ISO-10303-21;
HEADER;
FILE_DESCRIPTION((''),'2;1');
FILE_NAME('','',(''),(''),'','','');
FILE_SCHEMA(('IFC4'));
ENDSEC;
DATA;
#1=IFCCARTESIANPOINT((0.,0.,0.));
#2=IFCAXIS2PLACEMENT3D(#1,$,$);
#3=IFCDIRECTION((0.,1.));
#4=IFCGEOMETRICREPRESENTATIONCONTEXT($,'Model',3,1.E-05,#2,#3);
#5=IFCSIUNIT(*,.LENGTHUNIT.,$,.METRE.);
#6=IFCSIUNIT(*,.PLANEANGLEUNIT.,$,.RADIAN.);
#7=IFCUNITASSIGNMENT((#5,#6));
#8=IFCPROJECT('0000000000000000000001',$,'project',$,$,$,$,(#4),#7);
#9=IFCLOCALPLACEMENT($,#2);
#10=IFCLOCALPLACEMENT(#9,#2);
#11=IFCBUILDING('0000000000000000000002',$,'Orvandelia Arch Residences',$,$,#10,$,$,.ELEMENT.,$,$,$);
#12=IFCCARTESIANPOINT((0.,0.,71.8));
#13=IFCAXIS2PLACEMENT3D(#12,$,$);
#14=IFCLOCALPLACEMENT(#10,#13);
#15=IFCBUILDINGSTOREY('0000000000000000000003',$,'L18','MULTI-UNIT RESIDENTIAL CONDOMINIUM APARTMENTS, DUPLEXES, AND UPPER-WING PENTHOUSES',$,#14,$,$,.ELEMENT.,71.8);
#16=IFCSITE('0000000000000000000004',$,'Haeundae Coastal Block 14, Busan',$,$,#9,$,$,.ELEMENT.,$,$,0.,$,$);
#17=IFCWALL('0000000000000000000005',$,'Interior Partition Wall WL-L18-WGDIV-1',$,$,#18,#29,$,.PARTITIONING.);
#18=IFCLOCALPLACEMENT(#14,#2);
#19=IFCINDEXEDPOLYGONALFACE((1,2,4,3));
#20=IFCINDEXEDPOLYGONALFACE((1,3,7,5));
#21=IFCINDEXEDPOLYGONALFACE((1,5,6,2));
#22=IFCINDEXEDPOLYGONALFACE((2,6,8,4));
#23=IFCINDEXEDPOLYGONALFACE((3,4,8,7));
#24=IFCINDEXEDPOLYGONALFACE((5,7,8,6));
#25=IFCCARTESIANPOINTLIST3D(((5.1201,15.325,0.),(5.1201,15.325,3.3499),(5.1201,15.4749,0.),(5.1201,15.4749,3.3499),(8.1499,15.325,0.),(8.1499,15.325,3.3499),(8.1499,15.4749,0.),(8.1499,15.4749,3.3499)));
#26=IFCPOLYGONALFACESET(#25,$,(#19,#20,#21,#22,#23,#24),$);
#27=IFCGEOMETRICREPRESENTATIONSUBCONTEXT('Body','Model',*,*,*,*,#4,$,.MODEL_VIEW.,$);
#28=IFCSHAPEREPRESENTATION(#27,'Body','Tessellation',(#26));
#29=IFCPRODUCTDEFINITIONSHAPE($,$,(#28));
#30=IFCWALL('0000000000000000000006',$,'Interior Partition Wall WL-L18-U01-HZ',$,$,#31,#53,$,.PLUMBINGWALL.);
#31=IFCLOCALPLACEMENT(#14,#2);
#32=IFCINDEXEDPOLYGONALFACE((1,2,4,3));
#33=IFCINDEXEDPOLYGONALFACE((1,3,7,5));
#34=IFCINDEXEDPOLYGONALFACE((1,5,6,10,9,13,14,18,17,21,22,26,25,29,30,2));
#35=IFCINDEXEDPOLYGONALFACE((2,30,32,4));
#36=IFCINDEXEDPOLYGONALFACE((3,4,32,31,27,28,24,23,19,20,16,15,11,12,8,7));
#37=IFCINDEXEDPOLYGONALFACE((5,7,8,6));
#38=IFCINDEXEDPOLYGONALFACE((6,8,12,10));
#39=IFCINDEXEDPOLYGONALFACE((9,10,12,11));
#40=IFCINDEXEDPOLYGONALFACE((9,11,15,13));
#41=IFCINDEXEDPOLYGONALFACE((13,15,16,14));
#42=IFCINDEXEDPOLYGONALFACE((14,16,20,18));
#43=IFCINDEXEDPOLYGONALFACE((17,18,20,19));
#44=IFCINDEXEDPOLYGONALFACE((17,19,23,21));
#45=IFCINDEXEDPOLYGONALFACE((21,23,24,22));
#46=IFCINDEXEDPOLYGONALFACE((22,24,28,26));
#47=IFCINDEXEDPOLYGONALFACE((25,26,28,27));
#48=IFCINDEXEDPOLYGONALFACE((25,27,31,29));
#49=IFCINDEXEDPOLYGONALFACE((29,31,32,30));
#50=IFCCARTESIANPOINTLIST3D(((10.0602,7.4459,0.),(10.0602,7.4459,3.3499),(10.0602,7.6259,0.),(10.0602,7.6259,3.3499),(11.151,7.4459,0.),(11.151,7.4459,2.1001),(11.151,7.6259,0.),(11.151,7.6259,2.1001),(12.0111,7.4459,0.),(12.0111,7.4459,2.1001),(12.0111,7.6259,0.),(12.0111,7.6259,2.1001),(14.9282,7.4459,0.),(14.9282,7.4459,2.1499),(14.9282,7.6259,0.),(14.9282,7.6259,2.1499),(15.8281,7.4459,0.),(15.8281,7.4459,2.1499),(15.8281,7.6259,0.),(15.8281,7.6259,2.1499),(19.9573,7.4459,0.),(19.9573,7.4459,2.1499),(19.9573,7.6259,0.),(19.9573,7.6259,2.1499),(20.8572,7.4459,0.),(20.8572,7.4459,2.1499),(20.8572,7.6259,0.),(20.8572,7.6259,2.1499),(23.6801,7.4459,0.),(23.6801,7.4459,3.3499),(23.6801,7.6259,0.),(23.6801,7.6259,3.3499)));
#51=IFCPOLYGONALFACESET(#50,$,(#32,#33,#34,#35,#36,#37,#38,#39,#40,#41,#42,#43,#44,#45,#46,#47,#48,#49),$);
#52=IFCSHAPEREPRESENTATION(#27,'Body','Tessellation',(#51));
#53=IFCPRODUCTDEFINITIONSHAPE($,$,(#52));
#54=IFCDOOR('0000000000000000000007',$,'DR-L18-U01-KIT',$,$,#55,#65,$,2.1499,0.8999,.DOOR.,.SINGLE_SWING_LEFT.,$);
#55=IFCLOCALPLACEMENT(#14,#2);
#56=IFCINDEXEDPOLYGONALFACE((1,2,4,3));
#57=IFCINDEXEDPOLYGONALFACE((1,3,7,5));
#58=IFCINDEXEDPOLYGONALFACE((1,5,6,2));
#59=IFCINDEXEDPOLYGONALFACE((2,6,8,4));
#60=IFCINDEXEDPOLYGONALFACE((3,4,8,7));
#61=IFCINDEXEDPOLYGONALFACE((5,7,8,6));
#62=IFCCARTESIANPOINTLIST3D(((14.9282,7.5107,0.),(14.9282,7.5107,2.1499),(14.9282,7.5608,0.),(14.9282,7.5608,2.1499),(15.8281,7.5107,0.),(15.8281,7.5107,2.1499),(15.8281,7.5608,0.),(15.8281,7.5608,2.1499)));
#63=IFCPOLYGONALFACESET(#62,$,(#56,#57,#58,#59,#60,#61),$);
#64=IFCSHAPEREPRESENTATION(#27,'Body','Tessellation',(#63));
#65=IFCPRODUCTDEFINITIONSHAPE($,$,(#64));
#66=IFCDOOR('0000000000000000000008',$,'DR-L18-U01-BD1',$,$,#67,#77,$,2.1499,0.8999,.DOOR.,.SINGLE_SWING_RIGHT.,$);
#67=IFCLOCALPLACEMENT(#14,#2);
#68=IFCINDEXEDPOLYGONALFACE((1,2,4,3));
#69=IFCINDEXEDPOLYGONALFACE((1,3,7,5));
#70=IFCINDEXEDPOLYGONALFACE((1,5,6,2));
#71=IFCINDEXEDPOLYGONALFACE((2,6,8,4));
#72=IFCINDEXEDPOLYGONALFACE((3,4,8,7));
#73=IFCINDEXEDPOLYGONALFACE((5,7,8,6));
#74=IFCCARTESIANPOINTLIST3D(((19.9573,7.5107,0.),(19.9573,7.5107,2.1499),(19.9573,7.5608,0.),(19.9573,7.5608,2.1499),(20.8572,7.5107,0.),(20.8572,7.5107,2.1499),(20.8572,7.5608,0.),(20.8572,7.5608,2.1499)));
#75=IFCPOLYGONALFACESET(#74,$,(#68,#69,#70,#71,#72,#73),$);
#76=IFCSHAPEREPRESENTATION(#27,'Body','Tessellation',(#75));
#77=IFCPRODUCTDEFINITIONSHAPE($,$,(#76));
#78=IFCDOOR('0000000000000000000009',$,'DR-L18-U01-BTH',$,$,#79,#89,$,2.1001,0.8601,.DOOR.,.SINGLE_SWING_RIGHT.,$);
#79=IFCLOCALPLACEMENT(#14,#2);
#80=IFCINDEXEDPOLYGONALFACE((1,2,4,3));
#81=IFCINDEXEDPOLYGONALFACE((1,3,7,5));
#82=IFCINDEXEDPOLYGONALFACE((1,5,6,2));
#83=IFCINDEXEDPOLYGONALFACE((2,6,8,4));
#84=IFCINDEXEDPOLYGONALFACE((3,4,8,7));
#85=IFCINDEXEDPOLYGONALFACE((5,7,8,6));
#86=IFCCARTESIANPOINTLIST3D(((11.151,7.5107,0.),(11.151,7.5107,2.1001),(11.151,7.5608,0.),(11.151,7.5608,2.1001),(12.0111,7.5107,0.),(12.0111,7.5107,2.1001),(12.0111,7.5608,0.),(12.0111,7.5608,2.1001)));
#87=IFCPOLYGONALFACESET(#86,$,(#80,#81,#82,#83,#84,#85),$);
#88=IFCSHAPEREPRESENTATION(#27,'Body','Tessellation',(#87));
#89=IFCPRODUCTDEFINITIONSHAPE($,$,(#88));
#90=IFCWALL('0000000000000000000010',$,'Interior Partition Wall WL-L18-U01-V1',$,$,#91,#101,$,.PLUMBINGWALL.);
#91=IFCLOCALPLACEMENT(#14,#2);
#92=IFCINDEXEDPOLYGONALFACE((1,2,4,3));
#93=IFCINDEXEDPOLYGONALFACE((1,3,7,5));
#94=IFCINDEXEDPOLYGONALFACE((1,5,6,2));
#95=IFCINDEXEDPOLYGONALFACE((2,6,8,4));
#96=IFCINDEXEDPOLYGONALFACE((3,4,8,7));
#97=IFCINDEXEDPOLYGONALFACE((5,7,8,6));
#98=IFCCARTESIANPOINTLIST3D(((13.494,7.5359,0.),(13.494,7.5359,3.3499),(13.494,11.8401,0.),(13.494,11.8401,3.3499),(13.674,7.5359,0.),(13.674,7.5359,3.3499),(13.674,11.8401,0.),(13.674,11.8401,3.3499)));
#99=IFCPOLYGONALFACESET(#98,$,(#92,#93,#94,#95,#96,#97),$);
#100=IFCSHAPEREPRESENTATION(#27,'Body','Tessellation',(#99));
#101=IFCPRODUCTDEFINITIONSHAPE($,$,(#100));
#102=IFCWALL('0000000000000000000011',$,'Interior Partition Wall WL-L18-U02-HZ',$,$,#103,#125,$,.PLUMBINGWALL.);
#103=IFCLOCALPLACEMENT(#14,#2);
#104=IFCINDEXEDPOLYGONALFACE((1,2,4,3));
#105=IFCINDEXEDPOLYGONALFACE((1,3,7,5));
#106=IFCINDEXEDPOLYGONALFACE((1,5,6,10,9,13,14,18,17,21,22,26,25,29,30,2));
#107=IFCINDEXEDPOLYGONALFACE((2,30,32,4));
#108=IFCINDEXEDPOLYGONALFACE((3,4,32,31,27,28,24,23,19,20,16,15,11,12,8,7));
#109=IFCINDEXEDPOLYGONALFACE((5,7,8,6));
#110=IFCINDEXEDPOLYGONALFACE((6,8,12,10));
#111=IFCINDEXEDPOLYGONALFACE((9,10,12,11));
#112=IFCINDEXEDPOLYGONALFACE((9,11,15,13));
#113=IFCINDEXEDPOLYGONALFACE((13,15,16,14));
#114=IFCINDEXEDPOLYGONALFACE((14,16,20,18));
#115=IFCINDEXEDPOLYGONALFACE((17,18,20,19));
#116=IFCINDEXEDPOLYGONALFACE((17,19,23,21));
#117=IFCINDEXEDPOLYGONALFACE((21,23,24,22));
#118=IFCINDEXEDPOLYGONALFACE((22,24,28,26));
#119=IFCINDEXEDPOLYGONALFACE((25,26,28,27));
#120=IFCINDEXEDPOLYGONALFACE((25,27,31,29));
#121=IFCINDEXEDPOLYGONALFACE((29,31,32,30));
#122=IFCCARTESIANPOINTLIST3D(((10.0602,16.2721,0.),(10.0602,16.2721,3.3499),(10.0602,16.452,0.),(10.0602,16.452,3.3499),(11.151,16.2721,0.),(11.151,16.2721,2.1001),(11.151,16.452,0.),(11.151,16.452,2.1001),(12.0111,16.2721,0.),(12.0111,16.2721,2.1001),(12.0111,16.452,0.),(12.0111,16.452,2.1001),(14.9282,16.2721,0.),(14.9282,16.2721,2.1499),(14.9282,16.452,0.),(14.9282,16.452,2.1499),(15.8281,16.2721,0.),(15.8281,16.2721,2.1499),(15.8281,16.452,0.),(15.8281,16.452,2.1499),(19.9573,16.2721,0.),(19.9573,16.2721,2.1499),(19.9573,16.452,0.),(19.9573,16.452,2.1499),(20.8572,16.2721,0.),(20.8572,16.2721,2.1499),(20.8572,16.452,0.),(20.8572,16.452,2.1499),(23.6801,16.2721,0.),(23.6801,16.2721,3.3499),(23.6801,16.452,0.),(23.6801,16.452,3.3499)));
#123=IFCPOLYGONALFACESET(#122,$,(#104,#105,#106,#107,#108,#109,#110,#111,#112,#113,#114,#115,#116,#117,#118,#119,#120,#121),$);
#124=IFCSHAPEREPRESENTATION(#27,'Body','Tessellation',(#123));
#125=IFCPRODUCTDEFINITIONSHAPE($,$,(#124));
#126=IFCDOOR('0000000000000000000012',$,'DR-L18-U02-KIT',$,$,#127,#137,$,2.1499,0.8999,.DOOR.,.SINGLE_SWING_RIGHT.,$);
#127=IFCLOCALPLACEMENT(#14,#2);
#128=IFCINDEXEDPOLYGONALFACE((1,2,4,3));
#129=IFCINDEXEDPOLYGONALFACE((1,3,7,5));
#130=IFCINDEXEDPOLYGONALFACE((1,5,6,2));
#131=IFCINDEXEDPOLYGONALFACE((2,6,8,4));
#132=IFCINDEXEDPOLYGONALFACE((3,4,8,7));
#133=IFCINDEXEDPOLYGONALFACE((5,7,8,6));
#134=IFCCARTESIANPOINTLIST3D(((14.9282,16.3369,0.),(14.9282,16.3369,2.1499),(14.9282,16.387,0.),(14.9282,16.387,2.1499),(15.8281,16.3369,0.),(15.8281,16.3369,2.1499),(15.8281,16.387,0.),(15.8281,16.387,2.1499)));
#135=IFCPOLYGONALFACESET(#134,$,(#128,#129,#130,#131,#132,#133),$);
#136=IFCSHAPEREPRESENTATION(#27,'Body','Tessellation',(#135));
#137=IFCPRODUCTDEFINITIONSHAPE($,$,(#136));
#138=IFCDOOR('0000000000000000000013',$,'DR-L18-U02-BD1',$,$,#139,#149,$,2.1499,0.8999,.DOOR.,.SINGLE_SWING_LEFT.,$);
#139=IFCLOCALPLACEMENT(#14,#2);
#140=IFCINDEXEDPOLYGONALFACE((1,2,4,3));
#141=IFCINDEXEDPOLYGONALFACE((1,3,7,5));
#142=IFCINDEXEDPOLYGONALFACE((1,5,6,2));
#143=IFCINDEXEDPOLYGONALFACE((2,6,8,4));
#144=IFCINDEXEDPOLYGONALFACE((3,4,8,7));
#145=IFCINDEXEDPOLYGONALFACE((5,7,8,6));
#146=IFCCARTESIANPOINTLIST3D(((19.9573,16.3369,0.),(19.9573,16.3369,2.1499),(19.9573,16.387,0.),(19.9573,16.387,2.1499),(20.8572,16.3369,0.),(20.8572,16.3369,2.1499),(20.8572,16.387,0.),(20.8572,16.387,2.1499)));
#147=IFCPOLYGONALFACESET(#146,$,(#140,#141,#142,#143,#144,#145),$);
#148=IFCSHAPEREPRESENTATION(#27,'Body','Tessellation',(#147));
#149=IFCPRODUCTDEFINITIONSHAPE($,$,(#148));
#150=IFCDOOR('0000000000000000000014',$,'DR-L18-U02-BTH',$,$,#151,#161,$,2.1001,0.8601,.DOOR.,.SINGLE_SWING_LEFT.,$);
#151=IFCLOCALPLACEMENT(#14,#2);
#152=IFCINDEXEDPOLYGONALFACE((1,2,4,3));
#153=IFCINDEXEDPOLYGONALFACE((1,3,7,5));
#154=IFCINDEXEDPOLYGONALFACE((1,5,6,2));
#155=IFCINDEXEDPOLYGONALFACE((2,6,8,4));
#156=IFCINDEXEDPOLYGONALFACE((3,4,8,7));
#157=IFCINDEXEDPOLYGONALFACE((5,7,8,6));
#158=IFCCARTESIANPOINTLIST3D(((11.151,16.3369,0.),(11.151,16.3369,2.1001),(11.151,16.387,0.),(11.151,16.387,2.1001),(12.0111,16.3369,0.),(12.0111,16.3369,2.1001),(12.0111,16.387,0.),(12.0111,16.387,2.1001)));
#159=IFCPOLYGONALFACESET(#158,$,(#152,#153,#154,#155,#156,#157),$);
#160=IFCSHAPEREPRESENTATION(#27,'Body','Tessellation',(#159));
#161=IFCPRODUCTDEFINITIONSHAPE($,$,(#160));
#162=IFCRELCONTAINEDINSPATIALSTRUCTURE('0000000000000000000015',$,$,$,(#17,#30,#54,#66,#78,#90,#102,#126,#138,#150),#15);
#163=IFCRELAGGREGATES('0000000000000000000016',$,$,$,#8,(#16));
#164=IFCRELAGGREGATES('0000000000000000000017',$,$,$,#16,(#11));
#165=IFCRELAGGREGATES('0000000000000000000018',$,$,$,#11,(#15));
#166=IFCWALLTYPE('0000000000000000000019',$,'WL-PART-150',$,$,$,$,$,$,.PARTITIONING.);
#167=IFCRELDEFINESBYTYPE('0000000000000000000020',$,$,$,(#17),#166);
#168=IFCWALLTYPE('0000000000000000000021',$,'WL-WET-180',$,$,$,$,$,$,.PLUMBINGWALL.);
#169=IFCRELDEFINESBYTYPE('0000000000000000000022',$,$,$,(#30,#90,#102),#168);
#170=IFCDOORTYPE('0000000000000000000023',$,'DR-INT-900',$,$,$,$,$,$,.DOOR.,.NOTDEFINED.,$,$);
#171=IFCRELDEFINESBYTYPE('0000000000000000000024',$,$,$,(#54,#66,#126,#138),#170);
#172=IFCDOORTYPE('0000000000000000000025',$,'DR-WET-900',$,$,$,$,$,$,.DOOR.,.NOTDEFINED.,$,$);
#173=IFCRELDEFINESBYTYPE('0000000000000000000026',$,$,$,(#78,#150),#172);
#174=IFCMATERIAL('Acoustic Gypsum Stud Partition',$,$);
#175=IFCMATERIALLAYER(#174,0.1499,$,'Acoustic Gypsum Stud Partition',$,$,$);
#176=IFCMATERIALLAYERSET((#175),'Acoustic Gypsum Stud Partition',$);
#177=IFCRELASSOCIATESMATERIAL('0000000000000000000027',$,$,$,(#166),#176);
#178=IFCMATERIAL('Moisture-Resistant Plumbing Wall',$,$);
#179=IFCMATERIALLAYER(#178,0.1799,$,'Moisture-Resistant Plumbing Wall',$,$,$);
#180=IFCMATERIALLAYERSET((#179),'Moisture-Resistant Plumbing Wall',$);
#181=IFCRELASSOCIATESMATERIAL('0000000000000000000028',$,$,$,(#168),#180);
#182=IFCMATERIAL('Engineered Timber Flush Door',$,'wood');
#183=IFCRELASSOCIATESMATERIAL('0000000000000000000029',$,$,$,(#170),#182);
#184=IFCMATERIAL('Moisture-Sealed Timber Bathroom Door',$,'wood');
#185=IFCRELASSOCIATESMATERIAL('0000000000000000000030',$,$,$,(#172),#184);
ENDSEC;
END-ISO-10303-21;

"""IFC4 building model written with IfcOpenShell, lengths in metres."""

from ifc_helpers import new_model, si_unit, direction, frame, frame_2d, origin, place, context, subcontext, project, spatial, rectangle, extrude, material, layer, layer_set, type_object, element, fill, save


model = new_model("IFC4")

# Units and contexts
model_context = context("Model", 3, precision=1e-05, world=origin(), true_north=direction((0.0, 1.0)))
body_context = subcontext(model_context, "Body", "Model", "MODEL_VIEW")
ifc_project = project(units=[si_unit("LENGTHUNIT", "METRE"), si_unit("PLANEANGLEUNIT", "RADIAN")], contexts=[model_context])

# Site, building, storey
site_placement = place(None, origin())
site = spatial("IfcSite", under=ifc_project, at=site_placement, Name="Haeundae Coastal Block 14, Busan", CompositionType="ELEMENT", RefElevation=0.0)
building_placement = place(site_placement, origin())
building = spatial("IfcBuilding", under=site, at=building_placement, Name="Orvandelia Arch Residences", CompositionType="ELEMENT")
storey_placement = place(building_placement, frame((0.0, 0.0, 71.8)))
storey = spatial("IfcBuildingStorey", under=building, at=storey_placement, Name="L18", Description="MULTI-UNIT RESIDENTIAL CONDOMINIUM APARTMENTS, DUPLEXES, AND UPPER-WING PENTHOUSES", CompositionType="ELEMENT", Elevation=71.8)

# Wall
ifc_material_1 = material(Name="Acoustic Gypsum Stud Partition")
ifc_layer_1 = layer(ifc_material_1, 0.1499, Name="Acoustic Gypsum Stud Partition")
ifc_layer_set_1 = layer_set([ifc_layer_1], Name="Acoustic Gypsum Stud Partition")
wall_type_1 = type_object("IfcWallType", Name="WL-PART-150", PredefinedType="PARTITIONING", material=ifc_layer_set_1)
wall_1_placement = place(storey_placement, frame((5.1201, 15.3999, 0.0), z_axis=(0.0, 0.0, 1.0), x_axis=(1.0, 0.0, 0.0)))
element("IfcWall", 1, at=wall_1_placement, inside=storey, type_object=wall_type_1, Name="Interior Partition Wall WL-L18-WGDIV-1", PredefinedType="PARTITIONING", context=body_context, shape_type="SweptSolid", body=[
    extrude(rectangle(XDim=3.0298, YDim=0.1499, at=frame_2d((1.5149, 0.0))), origin(), (0.0, 0.0, 1.0), 3.3499),
])

# Wall, openings, doors
ifc_material_2 = material(Name="Moisture-Resistant Plumbing Wall")
ifc_layer_2 = layer(ifc_material_2, 0.1799, Name="Moisture-Resistant Plumbing Wall")
ifc_layer_set_2 = layer_set([ifc_layer_2], Name="Moisture-Resistant Plumbing Wall")
wall_type_2 = type_object("IfcWallType", Name="WL-WET-180", PredefinedType="PLUMBINGWALL", material=ifc_layer_set_2)
wall_2_placement = place(storey_placement, frame((10.0601, 7.5359, 0.0), z_axis=(0.0, 0.0, 1.0), x_axis=(1.0, 0.0, 0.0)))
wall_2 = element("IfcWall", 2, at=wall_2_placement, inside=storey, type_object=wall_type_2, Name="Interior Partition Wall WL-L18-U01-HZ", PredefinedType="PLUMBINGWALL", context=body_context, shape_type="SweptSolid", body=[
    extrude(rectangle(XDim=13.6199, YDim=0.1799, at=frame_2d((6.8101, 0.0))), origin(), (0.0, 0.0, 1.0), 3.3499),
])
opening_1_placement = place(wall_2_placement, frame((1.0908, 0.0, 0.0)))
opening_1 = element("IfcOpeningElement", 3, at=opening_1_placement, cuts=wall_2, PredefinedType="OPENING", context=body_context, shape_type="SweptSolid", body=[
    extrude(rectangle(XDim=0.8601, YDim=2.1001, at=frame_2d((0.4302, 1.05))), frame((0.0, 0.1001, 0.0), z_axis=(0.0, -1.0, 0.0), x_axis=(1.0, 0.0, 0.0)), (0.0, 0.0, 1.0), 0.2),
])
opening_2_placement = place(wall_2_placement, frame((4.8682, 0.0, 0.0)))
opening_2 = element("IfcOpeningElement", 4, at=opening_2_placement, cuts=wall_2, PredefinedType="OPENING", context=body_context, shape_type="SweptSolid", body=[
    extrude(rectangle(XDim=0.8999, YDim=2.1499, at=frame_2d((0.45, 1.075))), frame((0.0, 0.1001, 0.0), z_axis=(0.0, -1.0, 0.0), x_axis=(1.0, 0.0, 0.0)), (0.0, 0.0, 1.0), 0.2),
])
opening_3_placement = place(wall_2_placement, frame((9.8972, 0.0, 0.0)))
opening_3 = element("IfcOpeningElement", 5, at=opening_3_placement, cuts=wall_2, PredefinedType="OPENING", context=body_context, shape_type="SweptSolid", body=[
    extrude(rectangle(XDim=0.8999, YDim=2.1499, at=frame_2d((0.45, 1.075))), frame((0.0, 0.1001, 0.0), z_axis=(0.0, -1.0, 0.0), x_axis=(1.0, 0.0, 0.0)), (0.0, 0.0, 1.0), 0.2),
])
ifc_material_3 = material(Name="Engineered Timber Flush Door", Category="wood")
door_type_1 = type_object("IfcDoorType", Name="DR-INT-900", OperationType="NOTDEFINED", PredefinedType="DOOR", material=ifc_material_3)
door_1_placement = place(opening_2_placement, origin())
door_1 = element("IfcDoor", 6, at=door_1_placement, inside=storey, type_object=door_type_1, Name="DR-L18-U01-KIT", OperationType="SINGLE_SWING_LEFT", OverallHeight=2.1499, OverallWidth=0.8999, PredefinedType="DOOR", context=body_context, shape_type="SweptSolid", body=[
    extrude(rectangle(XDim=0.8999, YDim=2.1499, at=frame_2d((0.45, 1.075))), frame((0.0, 0.0249, 0.0), z_axis=(0.0, -1.0, 0.0), x_axis=(1.0, 0.0, 0.0)), (0.0, 0.0, 1.0), 0.05),
])
fill(opening_2, door_1)
door_2_placement = place(opening_3_placement, origin())
door_2 = element("IfcDoor", 7, at=door_2_placement, inside=storey, type_object=door_type_1, Name="DR-L18-U01-BD1", OperationType="SINGLE_SWING_RIGHT", OverallHeight=2.1499, OverallWidth=0.8999, PredefinedType="DOOR", context=body_context, shape_type="SweptSolid", body=[
    extrude(rectangle(XDim=0.8999, YDim=2.1499, at=frame_2d((0.45, 1.075))), frame((0.0, 0.0249, 0.0), z_axis=(0.0, -1.0, 0.0), x_axis=(1.0, 0.0, 0.0)), (0.0, 0.0, 1.0), 0.05),
])
fill(opening_3, door_2)
ifc_material_4 = material(Name="Moisture-Sealed Timber Bathroom Door", Category="wood")
door_type_2 = type_object("IfcDoorType", Name="DR-WET-900", OperationType="NOTDEFINED", PredefinedType="DOOR", material=ifc_material_4)
door_3_placement = place(opening_1_placement, origin())
door_3 = element("IfcDoor", 8, at=door_3_placement, inside=storey, type_object=door_type_2, Name="DR-L18-U01-BTH", OperationType="SINGLE_SWING_RIGHT", OverallHeight=2.1001, OverallWidth=0.8601, PredefinedType="DOOR", context=body_context, shape_type="SweptSolid", body=[
    extrude(rectangle(XDim=0.8601, YDim=2.1001, at=frame_2d((0.4302, 1.05))), frame((0.0, 0.0249, 0.0), z_axis=(0.0, -1.0, 0.0), x_axis=(1.0, 0.0, 0.0)), (0.0, 0.0, 1.0), 0.05),
])
fill(opening_1, door_3)

# Wall
wall_3_placement = place(storey_placement, frame((13.584, 7.5359, 0.0), z_axis=(0.0, 0.0, 1.0), x_axis=(0.0, 1.0, 0.0)))
element("IfcWall", 9, at=wall_3_placement, inside=storey, type_object=wall_type_2, Name="Interior Partition Wall WL-L18-U01-V1", PredefinedType="PLUMBINGWALL", context=body_context, shape_type="SweptSolid", body=[
    extrude(rectangle(XDim=4.3042, YDim=0.1799, at=frame_2d((2.1521, 0.0))), origin(), (0.0, 0.0, 1.0), 3.3499),
])

# Wall, openings, doors
wall_4_placement = place(storey_placement, frame((10.0601, 16.3621, 0.0), z_axis=(0.0, 0.0, 1.0), x_axis=(1.0, 0.0, 0.0)))
wall_4 = element("IfcWall", 10, at=wall_4_placement, inside=storey, type_object=wall_type_2, Name="Interior Partition Wall WL-L18-U02-HZ", PredefinedType="PLUMBINGWALL", context=body_context, shape_type="SweptSolid", body=[
    extrude(rectangle(XDim=13.6199, YDim=0.1799, at=frame_2d((6.8101, 0.0))), origin(), (0.0, 0.0, 1.0), 3.3499),
])
opening_4_placement = place(wall_4_placement, frame((1.0908, 0.0, 0.0)))
opening_4 = element("IfcOpeningElement", 11, at=opening_4_placement, cuts=wall_4, PredefinedType="OPENING", context=body_context, shape_type="SweptSolid", body=[
    extrude(rectangle(XDim=0.8601, YDim=2.1001, at=frame_2d((0.4302, 1.05))), frame((0.0, 0.1001, 0.0), z_axis=(0.0, -1.0, 0.0), x_axis=(1.0, 0.0, 0.0)), (0.0, 0.0, 1.0), 0.2),
])
opening_5_placement = place(wall_4_placement, frame((4.8682, 0.0, 0.0)))
opening_5 = element("IfcOpeningElement", 12, at=opening_5_placement, cuts=wall_4, PredefinedType="OPENING", context=body_context, shape_type="SweptSolid", body=[
    extrude(rectangle(XDim=0.8999, YDim=2.1499, at=frame_2d((0.45, 1.075))), frame((0.0, 0.1001, 0.0), z_axis=(0.0, -1.0, 0.0), x_axis=(1.0, 0.0, 0.0)), (0.0, 0.0, 1.0), 0.2),
])
opening_6_placement = place(wall_4_placement, frame((9.8972, 0.0, 0.0)))
opening_6 = element("IfcOpeningElement", 13, at=opening_6_placement, cuts=wall_4, PredefinedType="OPENING", context=body_context, shape_type="SweptSolid", body=[
    extrude(rectangle(XDim=0.8999, YDim=2.1499, at=frame_2d((0.45, 1.075))), frame((0.0, 0.1001, 0.0), z_axis=(0.0, -1.0, 0.0), x_axis=(1.0, 0.0, 0.0)), (0.0, 0.0, 1.0), 0.2),
])
door_4_placement = place(opening_5_placement, origin())
door_4 = element("IfcDoor", 14, at=door_4_placement, inside=storey, type_object=door_type_1, Name="DR-L18-U02-KIT", OperationType="SINGLE_SWING_RIGHT", OverallHeight=2.1499, OverallWidth=0.8999, PredefinedType="DOOR", context=body_context, shape_type="SweptSolid", body=[
    extrude(rectangle(XDim=0.8999, YDim=2.1499, at=frame_2d((0.45, 1.075))), frame((0.0, 0.0249, 0.0), z_axis=(0.0, -1.0, 0.0), x_axis=(1.0, 0.0, 0.0)), (0.0, 0.0, 1.0), 0.05),
])
fill(opening_5, door_4)
door_5_placement = place(opening_6_placement, origin())
door_5 = element("IfcDoor", 15, at=door_5_placement, inside=storey, type_object=door_type_1, Name="DR-L18-U02-BD1", OperationType="SINGLE_SWING_LEFT", OverallHeight=2.1499, OverallWidth=0.8999, PredefinedType="DOOR", context=body_context, shape_type="SweptSolid", body=[
    extrude(rectangle(XDim=0.8999, YDim=2.1499, at=frame_2d((0.45, 1.075))), frame((0.0, 0.0249, 0.0), z_axis=(0.0, -1.0, 0.0), x_axis=(1.0, 0.0, 0.0)), (0.0, 0.0, 1.0), 0.05),
])
fill(opening_6, door_5)
door_6_placement = place(opening_4_placement, origin())
door_6 = element("IfcDoor", 16, at=door_6_placement, inside=storey, type_object=door_type_2, Name="DR-L18-U02-BTH", OperationType="SINGLE_SWING_LEFT", OverallHeight=2.1001, OverallWidth=0.8601, PredefinedType="DOOR", context=body_context, shape_type="SweptSolid", body=[
    extrude(rectangle(XDim=0.8601, YDim=2.1001, at=frame_2d((0.4302, 1.05))), frame((0.0, 0.0249, 0.0), z_axis=(0.0, -1.0, 0.0), x_axis=(1.0, 0.0, 0.0)), (0.0, 0.0, 1.0), 0.05),
])
fill(opening_4, door_6)

save(model, "model.ifc")
